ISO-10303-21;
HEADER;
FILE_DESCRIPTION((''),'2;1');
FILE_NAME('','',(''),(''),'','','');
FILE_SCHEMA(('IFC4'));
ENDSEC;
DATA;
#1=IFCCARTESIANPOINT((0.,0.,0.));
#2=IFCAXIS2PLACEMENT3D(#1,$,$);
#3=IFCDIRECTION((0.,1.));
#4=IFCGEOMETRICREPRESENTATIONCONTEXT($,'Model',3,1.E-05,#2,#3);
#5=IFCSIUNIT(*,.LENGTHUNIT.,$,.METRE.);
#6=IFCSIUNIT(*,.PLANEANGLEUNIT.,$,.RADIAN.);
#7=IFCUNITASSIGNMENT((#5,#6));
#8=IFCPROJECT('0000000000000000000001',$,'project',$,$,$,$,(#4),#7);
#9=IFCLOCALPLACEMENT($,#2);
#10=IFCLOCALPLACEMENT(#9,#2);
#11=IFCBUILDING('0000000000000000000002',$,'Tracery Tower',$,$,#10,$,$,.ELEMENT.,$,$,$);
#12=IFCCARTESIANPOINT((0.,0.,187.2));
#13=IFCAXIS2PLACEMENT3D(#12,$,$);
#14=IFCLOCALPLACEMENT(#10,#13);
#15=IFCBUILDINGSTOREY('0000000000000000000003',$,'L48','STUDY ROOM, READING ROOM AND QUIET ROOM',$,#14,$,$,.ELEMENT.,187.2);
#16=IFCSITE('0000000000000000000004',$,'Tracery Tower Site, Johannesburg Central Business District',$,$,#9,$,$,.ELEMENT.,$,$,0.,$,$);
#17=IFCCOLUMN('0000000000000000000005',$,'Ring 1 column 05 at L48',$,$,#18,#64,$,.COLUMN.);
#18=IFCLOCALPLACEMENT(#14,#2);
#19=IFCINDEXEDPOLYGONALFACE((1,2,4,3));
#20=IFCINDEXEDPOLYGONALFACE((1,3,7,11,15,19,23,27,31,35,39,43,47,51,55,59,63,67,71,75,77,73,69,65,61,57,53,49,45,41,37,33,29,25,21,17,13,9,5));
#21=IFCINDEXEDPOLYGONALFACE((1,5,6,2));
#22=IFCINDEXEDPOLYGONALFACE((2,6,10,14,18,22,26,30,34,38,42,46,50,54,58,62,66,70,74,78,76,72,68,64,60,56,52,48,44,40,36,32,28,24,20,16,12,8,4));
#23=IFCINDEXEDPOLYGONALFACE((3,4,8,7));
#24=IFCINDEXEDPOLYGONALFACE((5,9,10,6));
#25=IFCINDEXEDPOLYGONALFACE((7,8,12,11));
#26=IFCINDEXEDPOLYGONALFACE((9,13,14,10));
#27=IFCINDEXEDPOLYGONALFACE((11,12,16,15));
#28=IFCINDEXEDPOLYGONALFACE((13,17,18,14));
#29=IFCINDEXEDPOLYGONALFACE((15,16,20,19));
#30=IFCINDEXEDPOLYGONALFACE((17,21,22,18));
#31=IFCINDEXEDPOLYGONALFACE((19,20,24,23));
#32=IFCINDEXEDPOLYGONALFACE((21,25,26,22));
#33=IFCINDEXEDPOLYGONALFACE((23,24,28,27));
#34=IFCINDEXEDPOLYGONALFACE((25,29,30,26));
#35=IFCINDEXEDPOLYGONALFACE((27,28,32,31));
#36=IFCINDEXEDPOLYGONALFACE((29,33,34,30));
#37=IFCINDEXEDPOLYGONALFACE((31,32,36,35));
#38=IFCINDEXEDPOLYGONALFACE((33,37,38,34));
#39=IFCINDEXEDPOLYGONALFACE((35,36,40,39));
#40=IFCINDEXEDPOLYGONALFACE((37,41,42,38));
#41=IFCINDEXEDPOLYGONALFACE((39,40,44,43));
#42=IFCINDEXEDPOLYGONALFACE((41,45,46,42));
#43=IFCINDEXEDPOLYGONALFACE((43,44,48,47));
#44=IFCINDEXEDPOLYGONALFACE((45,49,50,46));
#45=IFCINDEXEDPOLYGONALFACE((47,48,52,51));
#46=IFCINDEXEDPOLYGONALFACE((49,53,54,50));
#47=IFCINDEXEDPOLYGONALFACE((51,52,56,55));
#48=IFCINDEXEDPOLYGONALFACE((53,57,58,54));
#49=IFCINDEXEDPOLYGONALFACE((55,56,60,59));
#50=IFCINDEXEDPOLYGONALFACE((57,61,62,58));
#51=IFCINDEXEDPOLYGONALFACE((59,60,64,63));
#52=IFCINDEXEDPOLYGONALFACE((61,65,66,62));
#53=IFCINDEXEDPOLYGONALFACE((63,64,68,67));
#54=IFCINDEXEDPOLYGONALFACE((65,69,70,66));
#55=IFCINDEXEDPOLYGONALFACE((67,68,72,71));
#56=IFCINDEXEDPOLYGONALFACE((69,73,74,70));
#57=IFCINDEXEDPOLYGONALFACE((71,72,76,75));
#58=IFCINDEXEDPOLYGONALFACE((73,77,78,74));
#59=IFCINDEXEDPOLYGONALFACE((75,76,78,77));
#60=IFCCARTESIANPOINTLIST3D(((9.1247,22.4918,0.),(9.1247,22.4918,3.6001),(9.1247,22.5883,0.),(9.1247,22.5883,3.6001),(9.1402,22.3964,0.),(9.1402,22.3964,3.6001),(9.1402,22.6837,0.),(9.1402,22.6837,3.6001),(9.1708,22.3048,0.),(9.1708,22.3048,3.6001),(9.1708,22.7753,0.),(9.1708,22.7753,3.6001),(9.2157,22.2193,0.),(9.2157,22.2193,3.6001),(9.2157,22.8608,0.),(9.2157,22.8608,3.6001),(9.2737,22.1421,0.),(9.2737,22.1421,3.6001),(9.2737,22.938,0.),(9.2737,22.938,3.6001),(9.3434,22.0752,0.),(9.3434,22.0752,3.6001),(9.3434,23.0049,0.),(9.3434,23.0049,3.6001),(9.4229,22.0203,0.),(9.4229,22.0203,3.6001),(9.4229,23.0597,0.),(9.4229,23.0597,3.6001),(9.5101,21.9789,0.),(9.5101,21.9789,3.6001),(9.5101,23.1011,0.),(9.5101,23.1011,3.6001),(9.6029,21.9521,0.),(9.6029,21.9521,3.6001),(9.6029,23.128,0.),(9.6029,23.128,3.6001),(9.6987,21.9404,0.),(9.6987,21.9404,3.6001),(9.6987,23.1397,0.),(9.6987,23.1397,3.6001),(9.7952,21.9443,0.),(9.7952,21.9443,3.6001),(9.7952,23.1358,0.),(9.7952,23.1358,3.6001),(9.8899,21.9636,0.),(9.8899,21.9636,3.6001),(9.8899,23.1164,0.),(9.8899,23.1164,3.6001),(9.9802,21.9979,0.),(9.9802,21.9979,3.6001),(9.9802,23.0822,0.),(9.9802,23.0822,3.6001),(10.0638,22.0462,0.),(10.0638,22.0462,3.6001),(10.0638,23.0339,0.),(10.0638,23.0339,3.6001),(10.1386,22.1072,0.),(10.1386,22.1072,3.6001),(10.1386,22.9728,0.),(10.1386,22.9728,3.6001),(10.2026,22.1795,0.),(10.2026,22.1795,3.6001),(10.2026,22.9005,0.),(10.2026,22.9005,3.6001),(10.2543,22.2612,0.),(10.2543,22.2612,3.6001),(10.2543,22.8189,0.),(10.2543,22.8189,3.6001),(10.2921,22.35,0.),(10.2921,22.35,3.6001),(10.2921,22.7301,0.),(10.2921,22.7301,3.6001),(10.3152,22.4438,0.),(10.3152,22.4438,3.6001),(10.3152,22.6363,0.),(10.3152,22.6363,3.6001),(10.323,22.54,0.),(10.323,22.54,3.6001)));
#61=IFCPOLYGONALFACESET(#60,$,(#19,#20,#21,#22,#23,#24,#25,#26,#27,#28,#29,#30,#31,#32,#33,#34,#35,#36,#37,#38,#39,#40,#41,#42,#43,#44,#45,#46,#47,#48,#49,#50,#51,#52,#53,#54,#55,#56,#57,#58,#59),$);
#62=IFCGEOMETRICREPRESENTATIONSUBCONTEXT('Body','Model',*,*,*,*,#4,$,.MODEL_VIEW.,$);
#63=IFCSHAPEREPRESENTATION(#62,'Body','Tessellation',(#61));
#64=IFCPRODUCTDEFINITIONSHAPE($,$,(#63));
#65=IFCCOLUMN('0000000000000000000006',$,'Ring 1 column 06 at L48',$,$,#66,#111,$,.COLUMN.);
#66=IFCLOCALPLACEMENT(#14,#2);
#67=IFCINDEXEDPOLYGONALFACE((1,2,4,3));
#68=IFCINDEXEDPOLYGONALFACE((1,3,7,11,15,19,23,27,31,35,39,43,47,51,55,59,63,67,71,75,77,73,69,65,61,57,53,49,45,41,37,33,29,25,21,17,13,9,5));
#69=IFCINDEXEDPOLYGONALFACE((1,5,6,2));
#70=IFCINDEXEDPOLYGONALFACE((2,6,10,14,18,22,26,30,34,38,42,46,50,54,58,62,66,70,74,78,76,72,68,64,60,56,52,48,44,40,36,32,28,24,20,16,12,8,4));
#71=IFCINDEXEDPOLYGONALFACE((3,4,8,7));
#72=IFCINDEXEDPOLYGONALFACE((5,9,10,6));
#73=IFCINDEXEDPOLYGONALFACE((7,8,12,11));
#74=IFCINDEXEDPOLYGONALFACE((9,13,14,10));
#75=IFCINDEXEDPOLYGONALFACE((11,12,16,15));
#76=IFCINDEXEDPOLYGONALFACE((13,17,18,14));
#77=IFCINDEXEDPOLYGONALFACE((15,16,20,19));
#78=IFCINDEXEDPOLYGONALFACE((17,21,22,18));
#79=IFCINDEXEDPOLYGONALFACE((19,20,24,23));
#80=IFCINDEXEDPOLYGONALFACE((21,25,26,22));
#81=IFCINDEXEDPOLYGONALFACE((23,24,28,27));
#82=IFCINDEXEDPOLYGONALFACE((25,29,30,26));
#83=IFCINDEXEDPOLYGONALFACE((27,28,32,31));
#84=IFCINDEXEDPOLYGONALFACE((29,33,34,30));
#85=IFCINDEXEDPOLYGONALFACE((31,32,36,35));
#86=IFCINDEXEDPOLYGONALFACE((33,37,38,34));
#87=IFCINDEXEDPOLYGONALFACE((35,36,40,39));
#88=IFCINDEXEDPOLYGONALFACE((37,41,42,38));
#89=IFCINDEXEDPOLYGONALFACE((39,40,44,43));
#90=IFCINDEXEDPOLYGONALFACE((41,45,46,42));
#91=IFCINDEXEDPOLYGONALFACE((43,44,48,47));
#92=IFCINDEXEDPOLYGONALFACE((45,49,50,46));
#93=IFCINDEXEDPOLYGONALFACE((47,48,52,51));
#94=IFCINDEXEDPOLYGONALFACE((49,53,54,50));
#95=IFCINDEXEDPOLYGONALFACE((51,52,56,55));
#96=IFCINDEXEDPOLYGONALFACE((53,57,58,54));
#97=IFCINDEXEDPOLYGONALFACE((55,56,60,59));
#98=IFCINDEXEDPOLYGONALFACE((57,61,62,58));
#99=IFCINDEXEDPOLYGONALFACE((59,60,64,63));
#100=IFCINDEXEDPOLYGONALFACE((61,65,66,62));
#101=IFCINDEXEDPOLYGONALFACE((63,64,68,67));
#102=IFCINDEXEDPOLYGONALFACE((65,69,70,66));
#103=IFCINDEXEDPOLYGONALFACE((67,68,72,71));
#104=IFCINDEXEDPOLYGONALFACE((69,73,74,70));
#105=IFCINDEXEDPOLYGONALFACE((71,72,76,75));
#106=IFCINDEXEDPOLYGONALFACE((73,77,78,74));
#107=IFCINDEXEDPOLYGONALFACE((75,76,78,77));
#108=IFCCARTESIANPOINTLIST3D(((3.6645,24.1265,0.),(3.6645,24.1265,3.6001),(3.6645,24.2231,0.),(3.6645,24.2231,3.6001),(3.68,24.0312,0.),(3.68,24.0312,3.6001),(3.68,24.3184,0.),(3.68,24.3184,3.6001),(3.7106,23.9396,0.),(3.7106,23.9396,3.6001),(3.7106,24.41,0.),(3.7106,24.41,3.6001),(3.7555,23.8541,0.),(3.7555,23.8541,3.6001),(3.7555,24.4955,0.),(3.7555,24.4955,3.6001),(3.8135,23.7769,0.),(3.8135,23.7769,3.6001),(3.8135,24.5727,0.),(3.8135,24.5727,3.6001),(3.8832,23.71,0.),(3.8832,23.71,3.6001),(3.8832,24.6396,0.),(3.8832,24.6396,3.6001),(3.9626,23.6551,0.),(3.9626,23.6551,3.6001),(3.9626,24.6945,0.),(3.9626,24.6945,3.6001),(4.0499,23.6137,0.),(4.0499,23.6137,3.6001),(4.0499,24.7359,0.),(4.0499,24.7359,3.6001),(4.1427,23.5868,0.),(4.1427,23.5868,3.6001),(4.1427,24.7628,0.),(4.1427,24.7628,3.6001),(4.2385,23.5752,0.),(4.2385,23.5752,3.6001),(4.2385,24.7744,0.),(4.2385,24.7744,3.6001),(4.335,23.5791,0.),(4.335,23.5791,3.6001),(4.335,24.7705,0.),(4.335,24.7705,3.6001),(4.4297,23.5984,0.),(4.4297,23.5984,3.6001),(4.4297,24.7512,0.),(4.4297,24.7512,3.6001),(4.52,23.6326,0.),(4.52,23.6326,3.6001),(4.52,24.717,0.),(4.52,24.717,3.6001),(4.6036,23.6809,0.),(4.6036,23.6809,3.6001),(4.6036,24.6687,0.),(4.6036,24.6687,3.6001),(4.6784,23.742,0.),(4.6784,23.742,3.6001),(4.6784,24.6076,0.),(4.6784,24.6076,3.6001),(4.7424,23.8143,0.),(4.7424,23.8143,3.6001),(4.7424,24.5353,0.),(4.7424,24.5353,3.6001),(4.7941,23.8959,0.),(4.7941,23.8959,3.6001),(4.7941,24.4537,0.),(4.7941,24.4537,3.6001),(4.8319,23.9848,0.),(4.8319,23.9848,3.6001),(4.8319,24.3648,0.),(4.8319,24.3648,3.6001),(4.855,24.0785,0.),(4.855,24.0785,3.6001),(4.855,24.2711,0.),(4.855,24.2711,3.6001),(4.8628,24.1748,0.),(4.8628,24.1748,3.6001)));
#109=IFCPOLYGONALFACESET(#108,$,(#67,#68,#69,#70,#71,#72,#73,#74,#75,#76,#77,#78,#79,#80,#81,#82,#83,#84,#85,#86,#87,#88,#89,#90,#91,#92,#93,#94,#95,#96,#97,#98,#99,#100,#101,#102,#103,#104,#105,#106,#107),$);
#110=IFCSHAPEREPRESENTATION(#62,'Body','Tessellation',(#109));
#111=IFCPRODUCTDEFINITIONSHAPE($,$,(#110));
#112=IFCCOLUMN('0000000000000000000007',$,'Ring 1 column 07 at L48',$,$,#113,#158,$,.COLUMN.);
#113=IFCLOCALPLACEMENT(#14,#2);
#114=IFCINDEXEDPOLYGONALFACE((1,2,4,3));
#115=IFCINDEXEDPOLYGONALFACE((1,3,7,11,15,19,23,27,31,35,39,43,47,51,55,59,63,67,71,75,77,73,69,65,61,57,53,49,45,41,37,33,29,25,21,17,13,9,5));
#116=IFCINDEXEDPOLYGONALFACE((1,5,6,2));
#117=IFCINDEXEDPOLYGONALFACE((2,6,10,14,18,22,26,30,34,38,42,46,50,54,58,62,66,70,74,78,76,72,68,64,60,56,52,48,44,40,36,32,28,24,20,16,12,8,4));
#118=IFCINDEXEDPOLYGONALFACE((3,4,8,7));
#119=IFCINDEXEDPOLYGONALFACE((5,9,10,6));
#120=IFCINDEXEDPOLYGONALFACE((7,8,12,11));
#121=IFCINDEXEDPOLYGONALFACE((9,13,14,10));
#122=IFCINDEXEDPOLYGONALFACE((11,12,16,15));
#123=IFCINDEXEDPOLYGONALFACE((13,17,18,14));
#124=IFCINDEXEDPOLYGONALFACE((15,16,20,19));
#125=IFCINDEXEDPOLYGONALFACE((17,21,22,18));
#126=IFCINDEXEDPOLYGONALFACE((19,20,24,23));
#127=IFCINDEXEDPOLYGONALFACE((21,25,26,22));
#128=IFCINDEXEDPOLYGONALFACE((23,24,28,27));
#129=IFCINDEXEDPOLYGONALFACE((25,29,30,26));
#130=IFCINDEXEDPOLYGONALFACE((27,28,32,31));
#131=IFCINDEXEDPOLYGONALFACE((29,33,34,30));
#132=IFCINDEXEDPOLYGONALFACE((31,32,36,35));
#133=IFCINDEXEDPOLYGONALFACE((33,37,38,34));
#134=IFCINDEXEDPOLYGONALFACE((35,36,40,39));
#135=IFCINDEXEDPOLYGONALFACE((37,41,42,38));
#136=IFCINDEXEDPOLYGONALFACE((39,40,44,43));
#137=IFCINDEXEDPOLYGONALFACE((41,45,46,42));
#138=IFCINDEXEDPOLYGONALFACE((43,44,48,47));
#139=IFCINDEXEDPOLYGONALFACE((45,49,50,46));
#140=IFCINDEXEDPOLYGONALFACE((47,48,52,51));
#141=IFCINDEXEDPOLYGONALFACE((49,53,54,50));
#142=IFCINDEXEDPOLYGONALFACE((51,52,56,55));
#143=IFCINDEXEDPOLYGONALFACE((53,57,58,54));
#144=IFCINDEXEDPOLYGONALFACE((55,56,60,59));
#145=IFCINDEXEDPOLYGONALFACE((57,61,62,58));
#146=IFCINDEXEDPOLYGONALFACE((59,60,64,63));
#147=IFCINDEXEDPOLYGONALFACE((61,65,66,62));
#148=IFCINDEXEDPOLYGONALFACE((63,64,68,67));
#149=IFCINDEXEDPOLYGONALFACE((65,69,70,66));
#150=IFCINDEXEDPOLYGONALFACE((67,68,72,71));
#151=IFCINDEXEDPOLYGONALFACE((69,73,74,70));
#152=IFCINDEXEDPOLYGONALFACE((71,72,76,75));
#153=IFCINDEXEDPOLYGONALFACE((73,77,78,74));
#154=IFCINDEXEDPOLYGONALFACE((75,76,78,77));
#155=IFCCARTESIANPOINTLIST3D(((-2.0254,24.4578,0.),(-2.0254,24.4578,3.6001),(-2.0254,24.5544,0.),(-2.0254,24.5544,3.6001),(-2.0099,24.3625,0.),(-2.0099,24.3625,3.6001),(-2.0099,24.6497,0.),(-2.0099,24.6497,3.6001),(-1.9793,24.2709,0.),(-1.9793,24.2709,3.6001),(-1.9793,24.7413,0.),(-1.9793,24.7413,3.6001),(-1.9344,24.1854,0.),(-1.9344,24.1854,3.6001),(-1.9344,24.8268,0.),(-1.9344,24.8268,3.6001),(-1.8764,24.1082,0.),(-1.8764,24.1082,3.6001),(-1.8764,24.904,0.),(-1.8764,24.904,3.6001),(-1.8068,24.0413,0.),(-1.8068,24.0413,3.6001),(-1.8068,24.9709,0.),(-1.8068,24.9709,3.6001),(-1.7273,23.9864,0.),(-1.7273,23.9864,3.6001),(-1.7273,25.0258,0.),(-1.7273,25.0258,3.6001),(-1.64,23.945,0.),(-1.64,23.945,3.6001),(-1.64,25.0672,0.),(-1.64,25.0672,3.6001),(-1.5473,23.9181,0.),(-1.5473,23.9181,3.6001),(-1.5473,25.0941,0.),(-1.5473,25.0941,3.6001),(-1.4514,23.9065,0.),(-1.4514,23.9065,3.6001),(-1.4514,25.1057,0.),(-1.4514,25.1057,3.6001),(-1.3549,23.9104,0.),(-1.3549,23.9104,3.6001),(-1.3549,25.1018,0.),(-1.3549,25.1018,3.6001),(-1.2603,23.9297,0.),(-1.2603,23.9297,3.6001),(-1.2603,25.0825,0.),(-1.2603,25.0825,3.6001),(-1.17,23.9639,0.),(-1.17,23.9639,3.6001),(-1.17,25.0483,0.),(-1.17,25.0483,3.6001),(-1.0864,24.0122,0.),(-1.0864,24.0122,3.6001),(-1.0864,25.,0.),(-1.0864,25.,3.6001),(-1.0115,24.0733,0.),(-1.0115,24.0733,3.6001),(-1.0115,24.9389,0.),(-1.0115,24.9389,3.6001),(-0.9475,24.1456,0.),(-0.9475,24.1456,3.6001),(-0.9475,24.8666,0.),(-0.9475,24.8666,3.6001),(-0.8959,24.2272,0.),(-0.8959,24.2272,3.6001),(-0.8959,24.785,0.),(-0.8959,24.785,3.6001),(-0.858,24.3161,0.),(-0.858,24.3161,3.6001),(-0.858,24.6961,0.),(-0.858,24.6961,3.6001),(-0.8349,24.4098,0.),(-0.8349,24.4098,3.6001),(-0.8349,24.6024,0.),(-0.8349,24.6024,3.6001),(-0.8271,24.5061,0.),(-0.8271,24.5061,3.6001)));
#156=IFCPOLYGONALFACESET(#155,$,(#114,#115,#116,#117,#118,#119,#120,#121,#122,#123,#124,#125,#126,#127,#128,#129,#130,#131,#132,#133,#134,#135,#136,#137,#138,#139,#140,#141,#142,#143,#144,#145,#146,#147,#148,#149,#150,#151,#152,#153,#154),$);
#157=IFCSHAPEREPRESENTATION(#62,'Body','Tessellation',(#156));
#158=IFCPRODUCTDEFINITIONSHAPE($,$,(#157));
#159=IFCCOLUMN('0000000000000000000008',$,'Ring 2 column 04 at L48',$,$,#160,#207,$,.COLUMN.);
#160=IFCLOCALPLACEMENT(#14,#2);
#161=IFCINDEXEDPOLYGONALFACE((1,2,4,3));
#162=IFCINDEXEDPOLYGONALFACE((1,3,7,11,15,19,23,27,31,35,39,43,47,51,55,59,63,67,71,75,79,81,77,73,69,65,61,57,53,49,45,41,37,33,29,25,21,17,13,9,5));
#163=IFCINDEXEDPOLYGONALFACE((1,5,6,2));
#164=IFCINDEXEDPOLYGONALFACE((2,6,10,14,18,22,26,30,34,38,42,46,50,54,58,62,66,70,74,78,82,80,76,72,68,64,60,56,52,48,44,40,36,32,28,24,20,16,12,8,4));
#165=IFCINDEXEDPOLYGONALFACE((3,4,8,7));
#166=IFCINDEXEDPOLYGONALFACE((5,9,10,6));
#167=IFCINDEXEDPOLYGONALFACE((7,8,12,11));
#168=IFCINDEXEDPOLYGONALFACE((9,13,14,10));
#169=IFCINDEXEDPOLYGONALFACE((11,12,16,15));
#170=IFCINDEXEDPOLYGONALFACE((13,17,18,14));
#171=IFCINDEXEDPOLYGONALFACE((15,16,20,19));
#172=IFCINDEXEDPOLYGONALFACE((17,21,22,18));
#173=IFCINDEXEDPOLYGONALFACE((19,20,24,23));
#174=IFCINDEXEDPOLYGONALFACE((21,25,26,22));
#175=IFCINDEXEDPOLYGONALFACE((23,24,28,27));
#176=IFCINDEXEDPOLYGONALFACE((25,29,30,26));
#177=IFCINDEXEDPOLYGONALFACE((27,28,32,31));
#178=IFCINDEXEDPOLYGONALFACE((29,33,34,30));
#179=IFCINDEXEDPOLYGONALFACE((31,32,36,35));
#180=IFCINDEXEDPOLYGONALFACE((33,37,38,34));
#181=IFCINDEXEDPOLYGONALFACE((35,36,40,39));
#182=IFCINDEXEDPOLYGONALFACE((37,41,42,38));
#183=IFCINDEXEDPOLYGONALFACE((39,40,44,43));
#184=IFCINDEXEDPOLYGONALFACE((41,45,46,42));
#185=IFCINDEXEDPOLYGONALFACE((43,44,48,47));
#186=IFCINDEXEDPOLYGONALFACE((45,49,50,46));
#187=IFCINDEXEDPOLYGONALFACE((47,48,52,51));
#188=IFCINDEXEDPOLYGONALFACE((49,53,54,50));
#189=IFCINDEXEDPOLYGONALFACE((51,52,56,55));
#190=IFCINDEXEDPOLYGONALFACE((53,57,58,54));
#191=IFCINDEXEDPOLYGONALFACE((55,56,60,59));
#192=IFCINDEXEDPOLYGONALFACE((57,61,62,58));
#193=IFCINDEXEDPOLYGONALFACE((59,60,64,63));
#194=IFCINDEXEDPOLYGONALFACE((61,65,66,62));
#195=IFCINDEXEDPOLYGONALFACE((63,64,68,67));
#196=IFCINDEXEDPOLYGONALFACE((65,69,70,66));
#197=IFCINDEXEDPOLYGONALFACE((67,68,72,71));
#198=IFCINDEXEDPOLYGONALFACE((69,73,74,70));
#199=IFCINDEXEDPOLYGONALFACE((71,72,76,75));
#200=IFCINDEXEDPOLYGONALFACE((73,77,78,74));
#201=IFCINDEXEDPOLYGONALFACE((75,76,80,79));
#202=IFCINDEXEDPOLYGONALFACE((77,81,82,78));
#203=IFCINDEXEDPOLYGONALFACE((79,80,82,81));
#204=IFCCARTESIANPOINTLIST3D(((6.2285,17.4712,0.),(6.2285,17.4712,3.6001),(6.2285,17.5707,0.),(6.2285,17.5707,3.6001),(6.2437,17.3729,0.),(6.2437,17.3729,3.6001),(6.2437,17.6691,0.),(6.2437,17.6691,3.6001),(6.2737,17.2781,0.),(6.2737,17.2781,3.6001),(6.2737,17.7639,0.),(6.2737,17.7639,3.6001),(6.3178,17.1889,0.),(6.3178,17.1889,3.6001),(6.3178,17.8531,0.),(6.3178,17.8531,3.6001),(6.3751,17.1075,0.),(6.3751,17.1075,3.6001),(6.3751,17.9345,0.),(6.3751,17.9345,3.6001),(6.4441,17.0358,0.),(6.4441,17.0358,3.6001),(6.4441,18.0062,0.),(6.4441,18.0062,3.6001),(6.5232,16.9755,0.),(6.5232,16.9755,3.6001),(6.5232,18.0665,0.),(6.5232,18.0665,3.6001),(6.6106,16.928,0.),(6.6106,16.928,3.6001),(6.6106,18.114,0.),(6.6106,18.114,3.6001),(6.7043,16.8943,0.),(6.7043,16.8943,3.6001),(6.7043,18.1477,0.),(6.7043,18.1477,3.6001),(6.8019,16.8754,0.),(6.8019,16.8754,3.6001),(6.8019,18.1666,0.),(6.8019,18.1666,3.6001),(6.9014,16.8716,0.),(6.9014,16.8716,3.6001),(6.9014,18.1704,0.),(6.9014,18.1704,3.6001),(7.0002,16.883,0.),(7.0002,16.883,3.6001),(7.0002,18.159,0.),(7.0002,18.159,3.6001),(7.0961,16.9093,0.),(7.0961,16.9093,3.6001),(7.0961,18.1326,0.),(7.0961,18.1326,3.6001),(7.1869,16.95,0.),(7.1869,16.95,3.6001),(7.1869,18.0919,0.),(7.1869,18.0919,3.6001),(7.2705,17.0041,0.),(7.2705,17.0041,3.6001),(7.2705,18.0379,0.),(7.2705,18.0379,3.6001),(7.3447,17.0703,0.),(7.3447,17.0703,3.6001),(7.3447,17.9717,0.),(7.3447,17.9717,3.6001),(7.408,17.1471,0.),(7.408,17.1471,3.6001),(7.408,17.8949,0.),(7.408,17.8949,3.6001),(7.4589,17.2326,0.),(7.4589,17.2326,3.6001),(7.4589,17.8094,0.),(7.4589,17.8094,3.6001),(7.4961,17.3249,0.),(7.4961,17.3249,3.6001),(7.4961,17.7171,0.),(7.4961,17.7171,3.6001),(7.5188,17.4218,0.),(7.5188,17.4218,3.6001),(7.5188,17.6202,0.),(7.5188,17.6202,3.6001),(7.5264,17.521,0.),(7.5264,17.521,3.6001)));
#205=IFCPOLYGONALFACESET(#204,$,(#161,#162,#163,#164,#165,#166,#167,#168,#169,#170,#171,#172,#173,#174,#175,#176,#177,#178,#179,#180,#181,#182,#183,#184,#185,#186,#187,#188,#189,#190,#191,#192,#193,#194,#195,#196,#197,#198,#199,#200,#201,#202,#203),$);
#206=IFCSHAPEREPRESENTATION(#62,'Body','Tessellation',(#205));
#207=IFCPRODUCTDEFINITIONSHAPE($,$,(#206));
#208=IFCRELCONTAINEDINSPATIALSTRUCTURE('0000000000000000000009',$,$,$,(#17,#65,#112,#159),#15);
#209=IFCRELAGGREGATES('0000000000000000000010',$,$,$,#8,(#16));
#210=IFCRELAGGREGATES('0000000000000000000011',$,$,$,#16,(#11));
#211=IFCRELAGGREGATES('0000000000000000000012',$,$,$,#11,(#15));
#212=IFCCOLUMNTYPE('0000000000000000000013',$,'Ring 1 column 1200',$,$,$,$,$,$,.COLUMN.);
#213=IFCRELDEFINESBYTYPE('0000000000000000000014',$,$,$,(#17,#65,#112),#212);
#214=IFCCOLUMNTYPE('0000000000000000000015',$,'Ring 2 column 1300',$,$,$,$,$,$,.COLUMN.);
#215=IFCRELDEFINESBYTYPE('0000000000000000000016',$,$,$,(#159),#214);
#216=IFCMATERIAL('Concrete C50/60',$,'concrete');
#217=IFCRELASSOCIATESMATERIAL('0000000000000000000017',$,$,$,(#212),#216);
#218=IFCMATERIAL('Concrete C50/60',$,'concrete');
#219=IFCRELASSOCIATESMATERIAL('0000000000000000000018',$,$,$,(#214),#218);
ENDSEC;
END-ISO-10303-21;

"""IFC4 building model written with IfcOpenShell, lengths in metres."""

from ifc_helpers import new_model, si_unit, direction, frame, origin, origin_2d, place, context, subcontext, project, spatial, circle, extrude, material, material_profile, profile_set, type_object, element, save


model = new_model("IFC4")

# Units and contexts
model_context = context("Model", 3, precision=1e-05, world=origin(), true_north=direction((0.0, 1.0)))
body_context = subcontext(model_context, "Body", "Model", "MODEL_VIEW")
ifc_project = project(units=[si_unit("LENGTHUNIT", "METRE"), si_unit("PLANEANGLEUNIT", "RADIAN")], contexts=[model_context])

# Site, building, storey
site_placement = place(None, origin())
site = spatial("IfcSite", under=ifc_project, at=site_placement, Name="Tracery Tower Site, Johannesburg Central Business District", CompositionType="ELEMENT", RefElevation=0.0)
building_placement = place(site_placement, origin())
building = spatial("IfcBuilding", under=site, at=building_placement, Name="Tracery Tower", CompositionType="ELEMENT")
storey_placement = place(building_placement, frame((0.0, 0.0, 187.2)))
storey = spatial("IfcBuildingStorey", under=building, at=storey_placement, Name="L48", Description="STUDY ROOM, READING ROOM AND QUIET ROOM", CompositionType="ELEMENT", Elevation=187.2)

# Columns
ifc_material_1 = material(Name="Concrete C50/60", Category="concrete")
ifc_material_profile_1 = material_profile(ifc_material_1, circle(Radius=0.6001, at=origin_2d()), Name="RC D1200")
ifc_profile_set_1 = profile_set([ifc_material_profile_1], Name="Concrete C50/60")
column_type_1 = type_object("IfcColumnType", Name="Ring 1 column 1200", PredefinedType="COLUMN", material=ifc_profile_set_1)
for number, where, z_axis, x_axis, name in (
    (1, (9.7229, 22.54, 0.0), (0.0, 0.0, 1.0), (1.0, 0.0, 0.0), "Ring 1 column 05 at L48"),
    (2, (4.2627, 24.1748, 0.0), (0.0, 0.0, 1.0), (1.0, 0.0, 0.0), "Ring 1 column 06 at L48"),
    (3, (-1.4272, 24.5061, 0.0), (0.0, 0.0, 1.0), (1.0, 0.0, 0.0), "Ring 1 column 07 at L48"),
):
    element("IfcColumn", number, at=place(storey_placement, frame(where, z_axis=z_axis, x_axis=x_axis)), inside=storey, type_object=column_type_1, Name=name, PredefinedType="COLUMN", context=body_context, shape_type="SweptSolid", body=[
        extrude(circle(Radius=0.6001, at=origin_2d()), origin(), (0.0, 0.0, 1.0), 3.6001),
    ])
ifc_material_2 = material(Name="Concrete C50/60", Category="concrete")
ifc_material_profile_2 = material_profile(ifc_material_2, circle(Radius=0.6499, at=origin_2d()), Name="RC D1300")
ifc_profile_set_2 = profile_set([ifc_material_profile_2], Name="Concrete C50/60")
column_type_2 = type_object("IfcColumnType", Name="Ring 2 column 1300", PredefinedType="COLUMN", material=ifc_profile_set_2)
for number, where, z_axis, x_axis, name in (
    (4, (6.8765, 17.521, 0.0), (0.0, 0.0, 1.0), (1.0, 0.0, 0.0), "Ring 2 column 04 at L48"),
):
    element("IfcColumn", number, at=place(storey_placement, frame(where, z_axis=z_axis, x_axis=x_axis)), inside=storey, type_object=column_type_2, Name=name, PredefinedType="COLUMN", context=body_context, shape_type="SweptSolid", body=[
        extrude(circle(Radius=0.6499, at=origin_2d()), origin(), (0.0, 0.0, 1.0), 3.6001),
    ])

save(model, "model.ifc")
